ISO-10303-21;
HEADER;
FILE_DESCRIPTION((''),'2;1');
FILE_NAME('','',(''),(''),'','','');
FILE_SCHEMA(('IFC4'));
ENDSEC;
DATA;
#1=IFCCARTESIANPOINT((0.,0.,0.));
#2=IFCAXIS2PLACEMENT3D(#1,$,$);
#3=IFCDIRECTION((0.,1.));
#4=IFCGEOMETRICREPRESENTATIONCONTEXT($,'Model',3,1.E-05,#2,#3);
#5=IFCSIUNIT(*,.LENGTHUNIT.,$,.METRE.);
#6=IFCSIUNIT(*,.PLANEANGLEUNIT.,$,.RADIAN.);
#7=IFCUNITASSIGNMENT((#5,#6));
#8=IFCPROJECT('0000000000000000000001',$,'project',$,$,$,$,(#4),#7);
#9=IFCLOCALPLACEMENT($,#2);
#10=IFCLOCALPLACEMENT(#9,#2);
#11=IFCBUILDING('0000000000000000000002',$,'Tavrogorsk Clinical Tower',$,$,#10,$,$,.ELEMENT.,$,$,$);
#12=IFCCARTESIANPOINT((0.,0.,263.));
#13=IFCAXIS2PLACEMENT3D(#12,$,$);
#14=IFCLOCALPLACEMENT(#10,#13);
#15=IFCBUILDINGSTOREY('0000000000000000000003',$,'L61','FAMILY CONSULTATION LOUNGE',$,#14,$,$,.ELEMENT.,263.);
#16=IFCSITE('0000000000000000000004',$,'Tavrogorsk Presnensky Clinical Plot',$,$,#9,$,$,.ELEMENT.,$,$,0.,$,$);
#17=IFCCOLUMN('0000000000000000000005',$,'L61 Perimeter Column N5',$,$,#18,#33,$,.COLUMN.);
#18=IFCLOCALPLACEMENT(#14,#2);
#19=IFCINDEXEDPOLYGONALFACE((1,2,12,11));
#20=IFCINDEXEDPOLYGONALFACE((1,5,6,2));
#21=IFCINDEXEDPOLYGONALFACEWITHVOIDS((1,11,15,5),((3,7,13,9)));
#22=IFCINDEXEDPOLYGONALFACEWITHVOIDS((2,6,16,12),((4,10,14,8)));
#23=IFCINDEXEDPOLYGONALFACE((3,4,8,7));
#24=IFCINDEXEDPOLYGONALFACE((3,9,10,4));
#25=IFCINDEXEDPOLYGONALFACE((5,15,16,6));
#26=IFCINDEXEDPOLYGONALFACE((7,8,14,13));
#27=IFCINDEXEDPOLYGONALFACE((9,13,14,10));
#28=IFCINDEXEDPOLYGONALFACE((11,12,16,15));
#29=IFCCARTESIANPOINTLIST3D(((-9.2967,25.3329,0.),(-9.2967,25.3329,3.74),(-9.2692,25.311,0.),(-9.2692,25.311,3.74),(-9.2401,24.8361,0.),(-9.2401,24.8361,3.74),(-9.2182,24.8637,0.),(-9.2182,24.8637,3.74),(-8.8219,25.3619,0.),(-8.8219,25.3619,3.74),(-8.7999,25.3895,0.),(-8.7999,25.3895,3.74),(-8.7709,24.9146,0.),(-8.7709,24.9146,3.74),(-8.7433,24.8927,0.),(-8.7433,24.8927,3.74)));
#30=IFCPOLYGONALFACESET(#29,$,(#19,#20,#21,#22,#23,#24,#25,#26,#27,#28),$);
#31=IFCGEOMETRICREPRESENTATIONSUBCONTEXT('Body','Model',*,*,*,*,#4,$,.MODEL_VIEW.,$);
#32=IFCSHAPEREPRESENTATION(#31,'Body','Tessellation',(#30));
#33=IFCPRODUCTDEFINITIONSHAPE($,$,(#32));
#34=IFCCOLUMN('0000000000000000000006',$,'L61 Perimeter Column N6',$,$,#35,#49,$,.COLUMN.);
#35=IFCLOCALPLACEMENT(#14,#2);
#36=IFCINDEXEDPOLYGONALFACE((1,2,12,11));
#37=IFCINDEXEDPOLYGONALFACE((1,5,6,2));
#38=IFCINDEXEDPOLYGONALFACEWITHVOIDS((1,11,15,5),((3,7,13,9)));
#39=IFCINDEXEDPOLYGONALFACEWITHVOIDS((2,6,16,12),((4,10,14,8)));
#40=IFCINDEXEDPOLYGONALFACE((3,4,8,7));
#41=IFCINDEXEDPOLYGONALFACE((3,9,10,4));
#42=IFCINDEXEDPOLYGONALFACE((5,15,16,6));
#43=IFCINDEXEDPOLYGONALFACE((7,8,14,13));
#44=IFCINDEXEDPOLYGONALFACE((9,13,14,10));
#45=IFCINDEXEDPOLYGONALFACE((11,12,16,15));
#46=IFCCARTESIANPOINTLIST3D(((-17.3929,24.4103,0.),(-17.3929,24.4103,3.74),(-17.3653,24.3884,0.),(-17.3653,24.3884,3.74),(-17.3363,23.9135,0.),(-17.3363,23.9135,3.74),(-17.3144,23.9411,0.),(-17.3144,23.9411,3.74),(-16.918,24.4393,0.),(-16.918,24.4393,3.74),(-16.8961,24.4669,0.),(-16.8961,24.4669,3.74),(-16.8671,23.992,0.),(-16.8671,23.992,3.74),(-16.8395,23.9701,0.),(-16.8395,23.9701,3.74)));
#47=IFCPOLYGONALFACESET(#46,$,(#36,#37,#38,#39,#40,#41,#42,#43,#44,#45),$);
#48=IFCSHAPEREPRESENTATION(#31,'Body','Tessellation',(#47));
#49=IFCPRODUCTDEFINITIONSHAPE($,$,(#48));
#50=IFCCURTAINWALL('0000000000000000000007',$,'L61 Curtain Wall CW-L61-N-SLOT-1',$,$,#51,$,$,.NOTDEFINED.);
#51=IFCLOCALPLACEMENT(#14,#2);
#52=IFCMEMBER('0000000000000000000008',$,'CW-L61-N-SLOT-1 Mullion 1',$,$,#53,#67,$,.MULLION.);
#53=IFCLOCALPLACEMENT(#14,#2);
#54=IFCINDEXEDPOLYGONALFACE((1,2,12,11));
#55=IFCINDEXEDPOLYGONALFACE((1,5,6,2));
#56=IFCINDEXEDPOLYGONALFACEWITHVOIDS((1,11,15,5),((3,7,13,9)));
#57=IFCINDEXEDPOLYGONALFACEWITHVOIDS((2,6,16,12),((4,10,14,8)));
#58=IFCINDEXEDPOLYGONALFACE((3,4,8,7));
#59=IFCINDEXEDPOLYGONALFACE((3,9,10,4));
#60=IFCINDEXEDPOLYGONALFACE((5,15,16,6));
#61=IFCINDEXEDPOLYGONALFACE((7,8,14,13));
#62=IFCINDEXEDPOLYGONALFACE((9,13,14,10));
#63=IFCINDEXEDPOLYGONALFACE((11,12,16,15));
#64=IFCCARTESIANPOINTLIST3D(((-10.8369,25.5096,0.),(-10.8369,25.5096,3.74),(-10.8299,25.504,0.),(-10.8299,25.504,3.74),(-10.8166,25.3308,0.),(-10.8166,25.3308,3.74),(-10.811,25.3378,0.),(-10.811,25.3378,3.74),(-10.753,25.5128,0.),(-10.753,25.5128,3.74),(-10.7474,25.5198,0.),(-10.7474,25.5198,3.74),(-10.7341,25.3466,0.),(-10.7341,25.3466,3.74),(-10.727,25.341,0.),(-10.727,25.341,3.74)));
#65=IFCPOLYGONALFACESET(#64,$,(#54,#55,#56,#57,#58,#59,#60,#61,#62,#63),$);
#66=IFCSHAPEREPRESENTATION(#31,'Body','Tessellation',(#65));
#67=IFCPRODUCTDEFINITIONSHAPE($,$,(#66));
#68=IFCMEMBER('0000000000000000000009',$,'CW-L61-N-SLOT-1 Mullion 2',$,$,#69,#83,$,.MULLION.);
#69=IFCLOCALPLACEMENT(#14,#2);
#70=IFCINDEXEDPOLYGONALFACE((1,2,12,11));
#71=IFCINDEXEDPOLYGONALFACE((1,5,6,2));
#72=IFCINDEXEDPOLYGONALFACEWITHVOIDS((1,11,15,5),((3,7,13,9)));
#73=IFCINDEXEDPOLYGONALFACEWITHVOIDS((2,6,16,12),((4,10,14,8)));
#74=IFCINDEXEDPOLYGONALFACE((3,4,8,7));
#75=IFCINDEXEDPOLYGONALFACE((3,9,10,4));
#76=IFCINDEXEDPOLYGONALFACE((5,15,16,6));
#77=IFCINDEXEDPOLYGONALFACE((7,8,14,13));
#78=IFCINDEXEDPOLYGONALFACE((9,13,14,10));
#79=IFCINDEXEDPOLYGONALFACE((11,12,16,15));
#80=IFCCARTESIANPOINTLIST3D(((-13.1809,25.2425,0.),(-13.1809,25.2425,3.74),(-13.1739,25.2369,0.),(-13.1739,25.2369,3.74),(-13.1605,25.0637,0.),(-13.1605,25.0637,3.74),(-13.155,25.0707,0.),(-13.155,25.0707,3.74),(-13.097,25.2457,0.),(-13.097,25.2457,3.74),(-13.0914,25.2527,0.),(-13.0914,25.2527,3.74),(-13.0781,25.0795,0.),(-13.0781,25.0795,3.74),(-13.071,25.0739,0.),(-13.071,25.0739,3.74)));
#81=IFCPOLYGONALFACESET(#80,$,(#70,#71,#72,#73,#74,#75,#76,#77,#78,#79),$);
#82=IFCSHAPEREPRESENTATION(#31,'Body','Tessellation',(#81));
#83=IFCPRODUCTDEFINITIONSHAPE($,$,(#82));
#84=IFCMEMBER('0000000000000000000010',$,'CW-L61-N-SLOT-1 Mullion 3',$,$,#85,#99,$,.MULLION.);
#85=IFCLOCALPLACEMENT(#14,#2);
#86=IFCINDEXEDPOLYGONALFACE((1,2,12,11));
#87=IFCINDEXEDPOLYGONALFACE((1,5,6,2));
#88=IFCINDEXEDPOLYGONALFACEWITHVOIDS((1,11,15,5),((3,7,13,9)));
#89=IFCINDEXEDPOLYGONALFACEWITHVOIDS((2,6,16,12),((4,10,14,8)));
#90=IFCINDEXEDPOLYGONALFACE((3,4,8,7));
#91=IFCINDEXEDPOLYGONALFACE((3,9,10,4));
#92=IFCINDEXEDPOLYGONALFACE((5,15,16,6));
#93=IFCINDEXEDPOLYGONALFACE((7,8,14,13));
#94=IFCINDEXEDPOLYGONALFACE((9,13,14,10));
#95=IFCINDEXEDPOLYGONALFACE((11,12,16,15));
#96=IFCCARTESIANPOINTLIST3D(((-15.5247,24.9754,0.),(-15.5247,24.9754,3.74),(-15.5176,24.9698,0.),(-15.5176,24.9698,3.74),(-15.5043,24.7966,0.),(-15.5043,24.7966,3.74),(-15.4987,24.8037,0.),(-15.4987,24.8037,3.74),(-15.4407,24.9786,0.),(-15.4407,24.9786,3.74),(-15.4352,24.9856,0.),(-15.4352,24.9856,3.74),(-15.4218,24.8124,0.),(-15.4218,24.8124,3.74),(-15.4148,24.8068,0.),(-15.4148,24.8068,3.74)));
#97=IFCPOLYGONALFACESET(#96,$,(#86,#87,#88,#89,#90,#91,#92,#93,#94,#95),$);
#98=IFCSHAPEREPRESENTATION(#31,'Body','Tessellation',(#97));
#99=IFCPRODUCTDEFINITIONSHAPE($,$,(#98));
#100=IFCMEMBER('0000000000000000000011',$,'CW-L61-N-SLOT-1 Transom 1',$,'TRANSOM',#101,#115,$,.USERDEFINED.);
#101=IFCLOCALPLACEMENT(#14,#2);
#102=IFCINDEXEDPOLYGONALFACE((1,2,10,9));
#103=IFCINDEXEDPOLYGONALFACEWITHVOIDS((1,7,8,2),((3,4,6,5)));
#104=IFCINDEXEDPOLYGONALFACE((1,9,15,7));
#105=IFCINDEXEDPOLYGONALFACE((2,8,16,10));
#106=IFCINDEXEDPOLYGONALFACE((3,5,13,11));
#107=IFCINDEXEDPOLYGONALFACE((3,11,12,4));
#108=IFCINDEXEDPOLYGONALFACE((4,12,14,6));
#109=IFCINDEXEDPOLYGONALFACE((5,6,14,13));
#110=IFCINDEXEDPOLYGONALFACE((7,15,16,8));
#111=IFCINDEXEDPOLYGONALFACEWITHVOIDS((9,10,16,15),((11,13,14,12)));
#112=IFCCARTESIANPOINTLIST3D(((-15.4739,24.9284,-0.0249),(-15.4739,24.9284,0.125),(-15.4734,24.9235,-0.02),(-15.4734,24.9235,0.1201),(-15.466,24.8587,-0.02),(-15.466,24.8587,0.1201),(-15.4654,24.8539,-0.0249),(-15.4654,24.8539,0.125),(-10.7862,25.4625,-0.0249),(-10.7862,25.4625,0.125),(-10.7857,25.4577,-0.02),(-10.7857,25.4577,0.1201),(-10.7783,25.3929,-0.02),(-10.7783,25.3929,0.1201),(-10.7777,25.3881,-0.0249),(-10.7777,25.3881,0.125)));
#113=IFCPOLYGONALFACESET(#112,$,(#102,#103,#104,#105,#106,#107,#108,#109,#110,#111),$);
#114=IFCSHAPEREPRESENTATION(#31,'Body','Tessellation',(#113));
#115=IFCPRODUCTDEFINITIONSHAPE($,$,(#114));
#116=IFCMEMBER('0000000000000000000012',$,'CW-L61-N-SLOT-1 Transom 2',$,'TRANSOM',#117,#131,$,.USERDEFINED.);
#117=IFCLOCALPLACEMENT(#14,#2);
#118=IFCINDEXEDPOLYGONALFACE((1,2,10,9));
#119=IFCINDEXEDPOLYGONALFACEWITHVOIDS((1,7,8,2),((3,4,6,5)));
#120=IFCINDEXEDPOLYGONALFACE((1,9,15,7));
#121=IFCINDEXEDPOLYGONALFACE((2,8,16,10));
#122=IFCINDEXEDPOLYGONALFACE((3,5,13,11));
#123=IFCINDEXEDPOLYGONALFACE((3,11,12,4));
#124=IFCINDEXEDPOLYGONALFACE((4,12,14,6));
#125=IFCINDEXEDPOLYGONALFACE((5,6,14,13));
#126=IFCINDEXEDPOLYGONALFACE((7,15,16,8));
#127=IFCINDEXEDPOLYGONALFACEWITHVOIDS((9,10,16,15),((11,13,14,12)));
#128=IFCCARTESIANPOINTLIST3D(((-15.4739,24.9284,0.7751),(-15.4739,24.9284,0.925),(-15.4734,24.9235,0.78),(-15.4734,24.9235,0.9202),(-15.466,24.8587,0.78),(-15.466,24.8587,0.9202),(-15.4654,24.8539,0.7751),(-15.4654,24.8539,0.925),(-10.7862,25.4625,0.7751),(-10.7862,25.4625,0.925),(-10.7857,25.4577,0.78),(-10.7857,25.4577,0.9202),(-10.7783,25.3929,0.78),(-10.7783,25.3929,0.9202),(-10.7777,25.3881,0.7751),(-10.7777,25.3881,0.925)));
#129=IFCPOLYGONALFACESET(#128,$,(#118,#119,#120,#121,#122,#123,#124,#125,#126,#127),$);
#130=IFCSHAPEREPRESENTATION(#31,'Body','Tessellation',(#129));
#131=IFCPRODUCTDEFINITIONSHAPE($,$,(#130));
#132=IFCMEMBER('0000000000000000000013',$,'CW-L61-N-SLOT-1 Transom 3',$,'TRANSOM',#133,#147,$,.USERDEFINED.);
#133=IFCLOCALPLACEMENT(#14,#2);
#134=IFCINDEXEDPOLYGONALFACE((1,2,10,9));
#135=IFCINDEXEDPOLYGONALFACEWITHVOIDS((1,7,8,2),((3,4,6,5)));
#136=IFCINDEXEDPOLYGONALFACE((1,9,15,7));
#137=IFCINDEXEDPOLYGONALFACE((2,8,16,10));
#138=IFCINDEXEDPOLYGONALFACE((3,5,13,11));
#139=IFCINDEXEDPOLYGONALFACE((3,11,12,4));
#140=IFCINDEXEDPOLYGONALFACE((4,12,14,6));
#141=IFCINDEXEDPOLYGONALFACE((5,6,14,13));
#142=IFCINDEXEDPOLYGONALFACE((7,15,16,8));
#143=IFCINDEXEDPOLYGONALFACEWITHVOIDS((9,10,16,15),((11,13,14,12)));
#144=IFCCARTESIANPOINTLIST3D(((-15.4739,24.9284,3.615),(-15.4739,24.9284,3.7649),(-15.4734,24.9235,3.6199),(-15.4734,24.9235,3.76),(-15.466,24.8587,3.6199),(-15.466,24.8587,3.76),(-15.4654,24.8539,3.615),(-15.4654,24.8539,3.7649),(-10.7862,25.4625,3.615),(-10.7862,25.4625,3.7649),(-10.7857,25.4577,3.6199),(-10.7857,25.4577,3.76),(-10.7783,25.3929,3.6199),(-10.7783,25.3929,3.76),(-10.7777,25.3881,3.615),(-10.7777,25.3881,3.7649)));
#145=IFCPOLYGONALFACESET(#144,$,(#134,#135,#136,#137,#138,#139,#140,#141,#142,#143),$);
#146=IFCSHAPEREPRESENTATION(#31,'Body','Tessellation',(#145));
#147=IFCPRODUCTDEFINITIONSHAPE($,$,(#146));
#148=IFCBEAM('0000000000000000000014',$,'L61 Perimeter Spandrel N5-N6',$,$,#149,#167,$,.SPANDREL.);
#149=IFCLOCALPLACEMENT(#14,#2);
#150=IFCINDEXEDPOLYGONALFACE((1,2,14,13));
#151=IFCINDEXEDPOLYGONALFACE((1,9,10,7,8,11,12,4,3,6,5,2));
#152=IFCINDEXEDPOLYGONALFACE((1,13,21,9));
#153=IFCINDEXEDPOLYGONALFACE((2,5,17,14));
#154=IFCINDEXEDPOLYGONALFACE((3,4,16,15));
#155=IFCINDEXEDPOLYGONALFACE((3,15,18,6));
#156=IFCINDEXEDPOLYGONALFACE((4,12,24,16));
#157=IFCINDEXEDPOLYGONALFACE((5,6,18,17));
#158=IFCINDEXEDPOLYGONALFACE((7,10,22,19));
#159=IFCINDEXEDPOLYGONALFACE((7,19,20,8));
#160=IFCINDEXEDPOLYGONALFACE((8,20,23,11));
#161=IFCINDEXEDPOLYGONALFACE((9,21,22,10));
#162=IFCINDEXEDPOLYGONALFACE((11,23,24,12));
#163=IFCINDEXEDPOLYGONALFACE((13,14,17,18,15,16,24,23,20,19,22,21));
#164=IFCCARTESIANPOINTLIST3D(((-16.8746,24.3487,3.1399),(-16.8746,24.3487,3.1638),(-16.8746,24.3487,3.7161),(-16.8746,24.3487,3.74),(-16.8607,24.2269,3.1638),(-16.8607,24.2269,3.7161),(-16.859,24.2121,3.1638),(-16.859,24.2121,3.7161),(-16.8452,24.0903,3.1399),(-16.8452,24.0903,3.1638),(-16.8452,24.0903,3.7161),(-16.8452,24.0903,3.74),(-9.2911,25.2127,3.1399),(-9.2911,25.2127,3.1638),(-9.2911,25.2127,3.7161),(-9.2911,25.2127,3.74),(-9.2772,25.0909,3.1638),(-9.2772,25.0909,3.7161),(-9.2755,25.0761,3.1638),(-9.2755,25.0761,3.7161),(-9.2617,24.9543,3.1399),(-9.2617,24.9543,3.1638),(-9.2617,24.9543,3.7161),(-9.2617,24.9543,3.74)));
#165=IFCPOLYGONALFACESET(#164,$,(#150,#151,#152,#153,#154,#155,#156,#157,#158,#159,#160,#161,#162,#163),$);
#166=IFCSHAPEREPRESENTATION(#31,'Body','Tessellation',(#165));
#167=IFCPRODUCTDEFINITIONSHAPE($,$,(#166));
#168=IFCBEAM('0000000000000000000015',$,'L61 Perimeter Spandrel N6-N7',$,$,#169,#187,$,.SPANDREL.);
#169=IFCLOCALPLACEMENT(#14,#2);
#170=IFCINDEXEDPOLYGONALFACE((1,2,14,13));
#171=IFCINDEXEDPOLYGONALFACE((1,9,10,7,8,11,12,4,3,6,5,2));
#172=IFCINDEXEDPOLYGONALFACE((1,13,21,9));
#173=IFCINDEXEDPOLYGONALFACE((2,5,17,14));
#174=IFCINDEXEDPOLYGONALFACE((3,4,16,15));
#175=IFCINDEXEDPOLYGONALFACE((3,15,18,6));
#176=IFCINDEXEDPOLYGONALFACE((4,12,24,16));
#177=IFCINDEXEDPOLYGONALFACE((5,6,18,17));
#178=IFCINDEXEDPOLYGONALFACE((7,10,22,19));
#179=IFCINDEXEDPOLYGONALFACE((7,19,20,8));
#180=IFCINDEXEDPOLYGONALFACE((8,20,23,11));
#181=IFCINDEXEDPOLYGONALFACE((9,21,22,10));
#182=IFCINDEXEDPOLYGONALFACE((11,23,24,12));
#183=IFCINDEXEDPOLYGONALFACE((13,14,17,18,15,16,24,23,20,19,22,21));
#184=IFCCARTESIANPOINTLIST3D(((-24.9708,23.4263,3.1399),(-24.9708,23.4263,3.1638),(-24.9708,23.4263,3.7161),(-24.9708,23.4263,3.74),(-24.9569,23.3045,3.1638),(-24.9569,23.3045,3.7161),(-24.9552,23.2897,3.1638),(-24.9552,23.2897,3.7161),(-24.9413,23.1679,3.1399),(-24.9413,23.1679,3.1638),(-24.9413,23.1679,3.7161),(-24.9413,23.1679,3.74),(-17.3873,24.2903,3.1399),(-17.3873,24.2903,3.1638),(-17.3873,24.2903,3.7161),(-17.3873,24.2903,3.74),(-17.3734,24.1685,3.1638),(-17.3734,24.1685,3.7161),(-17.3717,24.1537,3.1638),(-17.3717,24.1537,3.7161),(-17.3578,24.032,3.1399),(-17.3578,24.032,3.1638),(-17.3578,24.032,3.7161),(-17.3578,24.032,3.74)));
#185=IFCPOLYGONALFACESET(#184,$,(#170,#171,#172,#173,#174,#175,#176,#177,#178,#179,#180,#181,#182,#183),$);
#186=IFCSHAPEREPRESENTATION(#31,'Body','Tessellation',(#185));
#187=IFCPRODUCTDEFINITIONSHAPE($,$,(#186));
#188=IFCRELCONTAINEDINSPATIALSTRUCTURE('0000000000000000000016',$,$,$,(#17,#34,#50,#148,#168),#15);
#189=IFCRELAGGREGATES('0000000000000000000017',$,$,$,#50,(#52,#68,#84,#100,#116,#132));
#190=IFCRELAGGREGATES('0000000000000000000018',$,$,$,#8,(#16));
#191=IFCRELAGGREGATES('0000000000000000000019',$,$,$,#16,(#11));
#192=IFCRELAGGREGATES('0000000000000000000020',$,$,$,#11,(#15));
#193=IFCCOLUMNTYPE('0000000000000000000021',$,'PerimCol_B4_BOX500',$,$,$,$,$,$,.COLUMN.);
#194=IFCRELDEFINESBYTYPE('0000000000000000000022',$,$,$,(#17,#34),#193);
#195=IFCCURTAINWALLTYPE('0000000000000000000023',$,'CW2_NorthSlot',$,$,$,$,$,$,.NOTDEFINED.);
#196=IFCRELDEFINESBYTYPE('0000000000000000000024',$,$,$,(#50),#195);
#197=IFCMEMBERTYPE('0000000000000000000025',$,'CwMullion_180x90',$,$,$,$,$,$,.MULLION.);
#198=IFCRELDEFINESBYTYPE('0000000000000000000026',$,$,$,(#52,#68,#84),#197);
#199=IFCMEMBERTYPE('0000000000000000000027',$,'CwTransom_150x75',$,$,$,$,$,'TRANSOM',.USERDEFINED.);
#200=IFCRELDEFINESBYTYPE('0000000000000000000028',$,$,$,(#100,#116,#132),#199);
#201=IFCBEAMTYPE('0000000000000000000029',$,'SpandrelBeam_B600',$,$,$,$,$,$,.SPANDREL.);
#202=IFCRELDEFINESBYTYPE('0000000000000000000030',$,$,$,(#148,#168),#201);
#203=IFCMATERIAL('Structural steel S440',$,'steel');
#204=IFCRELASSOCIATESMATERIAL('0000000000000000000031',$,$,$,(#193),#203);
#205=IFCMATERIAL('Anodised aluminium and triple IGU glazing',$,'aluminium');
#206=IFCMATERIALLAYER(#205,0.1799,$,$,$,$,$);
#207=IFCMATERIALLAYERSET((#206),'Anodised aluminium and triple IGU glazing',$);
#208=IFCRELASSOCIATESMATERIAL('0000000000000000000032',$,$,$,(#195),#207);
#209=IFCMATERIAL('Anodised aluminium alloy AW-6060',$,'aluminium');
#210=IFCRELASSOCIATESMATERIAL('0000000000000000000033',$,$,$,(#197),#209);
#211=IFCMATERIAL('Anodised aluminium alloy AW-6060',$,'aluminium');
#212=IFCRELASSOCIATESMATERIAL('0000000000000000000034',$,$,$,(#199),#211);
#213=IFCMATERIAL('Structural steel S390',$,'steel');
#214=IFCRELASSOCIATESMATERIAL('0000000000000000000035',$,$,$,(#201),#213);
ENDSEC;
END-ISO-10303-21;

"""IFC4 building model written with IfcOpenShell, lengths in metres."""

from ifc_helpers import new_model, si_unit, direction, frame, origin, origin_2d, place, context, subcontext, project, spatial, hollow_rectangle, i_section, extrude, material, layer, layer_set, material_profile, profile_set, type_object, element, aggregate, save


model = new_model("IFC4")

# Units and contexts
model_context = context("Model", 3, precision=1e-05, world=origin(), true_north=direction((0.0, 1.0)))
body_context = subcontext(model_context, "Body", "Model", "MODEL_VIEW")
ifc_project = project(units=[si_unit("LENGTHUNIT", "METRE"), si_unit("PLANEANGLEUNIT", "RADIAN")], contexts=[model_context])

# Site, building, storey
site_placement = place(None, origin())
site = spatial("IfcSite", under=ifc_project, at=site_placement, Name="Tavrogorsk Presnensky Clinical Plot", CompositionType="ELEMENT", RefElevation=0.0)
building_placement = place(site_placement, origin())
building = spatial("IfcBuilding", under=site, at=building_placement, Name="Tavrogorsk Clinical Tower", CompositionType="ELEMENT")
storey_placement = place(building_placement, frame((0.0, 0.0, 263.0)))
storey = spatial("IfcBuildingStorey", under=building, at=storey_placement, Name="L61", Description="FAMILY CONSULTATION LOUNGE", CompositionType="ELEMENT", Elevation=263.0)

# Columns
ifc_material_1 = material(Name="Structural steel S440", Category="steel")
ifc_material_profile_1 = material_profile(ifc_material_1, hollow_rectangle(XDim=0.5, YDim=0.5, WallThickness=0.0249, at=origin_2d()), Name="BOX-500x500x25")
ifc_profile_set_1 = profile_set([ifc_material_profile_1], Name="Structural steel S440")
column_type = type_object("IfcColumnType", Name="PerimCol_B4_BOX500", PredefinedType="COLUMN", material=ifc_profile_set_1)
for number, where, z_axis, x_axis, name in (
    (1, (-9.02, 25.1128, 0.0), (0.0, 0.0, 1.0), (0.993572, 0.113203, 0.0), "L61 Perimeter Column N5"),
    (2, (-17.1162, 24.1902, 0.0), (0.0, 0.0, 1.0), (0.993572, 0.113203, 0.0), "L61 Perimeter Column N6"),
):
    element("IfcColumn", number, at=place(storey_placement, frame(where, z_axis=z_axis, x_axis=x_axis)), inside=storey, type_object=column_type, Name=name, PredefinedType="COLUMN", context=body_context, shape_type="SweptSolid", body=[
        extrude(hollow_rectangle(XDim=0.5, YDim=0.5, WallThickness=0.0249, at=origin_2d()), origin(), (0.0, 0.0, 1.0), 3.74),
    ])

# Curtain wall, members
ifc_material_2 = material(Name="Anodised aluminium and triple IGU glazing", Category="aluminium")
ifc_layer_1 = layer(ifc_material_2, 0.1799)
ifc_layer_set_1 = layer_set([ifc_layer_1], Name="Anodised aluminium and triple IGU glazing")
curtain_wall_type = type_object("IfcCurtainWallType", Name="CW2_NorthSlot", PredefinedType="NOTDEFINED", material=ifc_layer_set_1)
curtain_wall_placement = place(storey_placement, origin())
curtain_wall = element("IfcCurtainWall", 3, at=curtain_wall_placement, inside=storey, type_object=curtain_wall_type, Name="L61 Curtain Wall CW-L61-N-SLOT-1", PredefinedType="NOTDEFINED")
ifc_material_3 = material(Name="Anodised aluminium alloy AW-6060", Category="aluminium")
ifc_material_profile_2 = material_profile(ifc_material_3, hollow_rectangle(XDim=0.0901, YDim=0.1799, WallThickness=0.0063, at=origin_2d()), Name="RHS-180x90x6.3")
ifc_profile_set_2 = profile_set([ifc_material_profile_2], Name="Anodised aluminium alloy AW-6060")
member_type_1 = type_object("IfcMemberType", Name="CwMullion_180x90", PredefinedType="MULLION", material=ifc_profile_set_2)
member_1_placement = place(storey_placement, frame((-10.782, 25.4253, 0.0), z_axis=(0.0, 0.0, 1.0), x_axis=(-0.993572, -0.113203, 0.0)))
member_1 = element("IfcMember", 4, at=member_1_placement, type_object=member_type_1, Name="CW-L61-N-SLOT-1 Mullion 1", PredefinedType="MULLION", context=body_context, shape_type="SweptSolid", body=[
    extrude(hollow_rectangle(XDim=0.0901, YDim=0.1799, WallThickness=0.0063, at=origin_2d()), origin(), (0.0, 0.0, 1.0), 3.74),
])
member_2_placement = place(storey_placement, frame((-13.126, 25.1582, 0.0), z_axis=(0.0, 0.0, 1.0), x_axis=(-0.993572, -0.113203, 0.0)))
member_2 = element("IfcMember", 5, at=member_2_placement, type_object=member_type_1, Name="CW-L61-N-SLOT-1 Mullion 2", PredefinedType="MULLION", context=body_context, shape_type="SweptSolid", body=[
    extrude(hollow_rectangle(XDim=0.0901, YDim=0.1799, WallThickness=0.0063, at=origin_2d()), origin(), (0.0, 0.0, 1.0), 3.74),
])
member_3_placement = place(storey_placement, frame((-15.4697, 24.8911, 0.0), z_axis=(0.0, 0.0, 1.0), x_axis=(-0.993572, -0.113203, 0.0)))
member_3 = element("IfcMember", 6, at=member_3_placement, type_object=member_type_1, Name="CW-L61-N-SLOT-1 Mullion 3", PredefinedType="MULLION", context=body_context, shape_type="SweptSolid", body=[
    extrude(hollow_rectangle(XDim=0.0901, YDim=0.1799, WallThickness=0.0063, at=origin_2d()), origin(), (0.0, 0.0, 1.0), 3.74),
])
ifc_material_4 = material(Name="Anodised aluminium alloy AW-6060", Category="aluminium")
ifc_material_profile_3 = material_profile(ifc_material_4, hollow_rectangle(XDim=0.075, YDim=0.1499, WallThickness=0.0049, at=origin_2d()), Name="RHS-150x75x5")
ifc_profile_set_3 = profile_set([ifc_material_profile_3], Name="Anodised aluminium alloy AW-6060")
member_type_2 = type_object("IfcMemberType", Name="CwTransom_150x75", ElementType="TRANSOM", PredefinedType="USERDEFINED", material=ifc_profile_set_3)
member_4_placement = place(storey_placement, frame((-10.782, 25.4253, 0.05), z_axis=(-0.99357, -0.11322, 0.0), x_axis=(0.11322, -0.99357, 0.0)))
member_4 = element("IfcMember", 7, at=member_4_placement, type_object=member_type_2, Name="CW-L61-N-SLOT-1 Transom 1", ObjectType="TRANSOM", PredefinedType="USERDEFINED", context=body_context, shape_type="SweptSolid", body=[
    extrude(hollow_rectangle(XDim=0.075, YDim=0.1499, WallThickness=0.0049, at=origin_2d()), origin(), (0.0, 0.0, 1.0), 4.718),
])
member_5_placement = place(storey_placement, frame((-10.782, 25.4253, 0.8501), z_axis=(-0.99357, -0.11322, 0.0), x_axis=(0.11322, -0.99357, 0.0)))
member_5 = element("IfcMember", 8, at=member_5_placement, type_object=member_type_2, Name="CW-L61-N-SLOT-1 Transom 2", ObjectType="TRANSOM", PredefinedType="USERDEFINED", context=body_context, shape_type="SweptSolid", body=[
    extrude(hollow_rectangle(XDim=0.075, YDim=0.1499, WallThickness=0.0049, at=origin_2d()), origin(), (0.0, 0.0, 1.0), 4.718),
])
member_6_placement = place(storey_placement, frame((-10.782, 25.4253, 3.6899), z_axis=(-0.99357, -0.11322, 0.0), x_axis=(0.11322, -0.99357, 0.0)))
member_6 = element("IfcMember", 9, at=member_6_placement, type_object=member_type_2, Name="CW-L61-N-SLOT-1 Transom 3", ObjectType="TRANSOM", PredefinedType="USERDEFINED", context=body_context, shape_type="SweptSolid", body=[
    extrude(hollow_rectangle(XDim=0.075, YDim=0.1499, WallThickness=0.0049, at=origin_2d()), origin(), (0.0, 0.0, 1.0), 4.718),
])

# Beams
ifc_material_5 = material(Name="Structural steel S390", Category="steel")
ifc_material_profile_4 = material_profile(ifc_material_5, i_section(OverallWidth=0.26, OverallDepth=0.6001, WebThickness=0.0149, FlangeThickness=0.0239, at=origin_2d()), Name="B-600x260x15x24")
ifc_profile_set_4 = profile_set([ifc_material_profile_4], Name="Structural steel S390")
beam_type = type_object("IfcBeamType", Name="SpandrelBeam_B600", PredefinedType="SPANDREL", material=ifc_profile_set_4)
for number, where, z_axis, x_axis, name in (
    (10, (-9.2764, 25.0835, 3.4399), (-0.993572, -0.113201, 0.0), (0.113201, -0.993572, 0.0), "L61 Perimeter Spandrel N5-N6"),
    (11, (-17.3726, 24.1611, 3.4399), (-0.993572, -0.113201, 0.0), (0.113201, -0.993572, 0.0), "L61 Perimeter Spandrel N6-N7"),
):
    element("IfcBeam", number, at=place(storey_placement, frame(where, z_axis=z_axis, x_axis=x_axis)), inside=storey, type_object=beam_type, Name=name, PredefinedType="SPANDREL", context=body_context, shape_type="SweptSolid", body=[
        extrude(i_section(OverallWidth=0.26, OverallDepth=0.6001, WebThickness=0.0149, FlangeThickness=0.0239, at=origin_2d()), origin(), (0.0, 0.0, 1.0), 7.6326),
    ])

aggregate(curtain_wall, [member_1, member_2, member_3, member_4, member_5, member_6])

save(model, "model.ifc")
